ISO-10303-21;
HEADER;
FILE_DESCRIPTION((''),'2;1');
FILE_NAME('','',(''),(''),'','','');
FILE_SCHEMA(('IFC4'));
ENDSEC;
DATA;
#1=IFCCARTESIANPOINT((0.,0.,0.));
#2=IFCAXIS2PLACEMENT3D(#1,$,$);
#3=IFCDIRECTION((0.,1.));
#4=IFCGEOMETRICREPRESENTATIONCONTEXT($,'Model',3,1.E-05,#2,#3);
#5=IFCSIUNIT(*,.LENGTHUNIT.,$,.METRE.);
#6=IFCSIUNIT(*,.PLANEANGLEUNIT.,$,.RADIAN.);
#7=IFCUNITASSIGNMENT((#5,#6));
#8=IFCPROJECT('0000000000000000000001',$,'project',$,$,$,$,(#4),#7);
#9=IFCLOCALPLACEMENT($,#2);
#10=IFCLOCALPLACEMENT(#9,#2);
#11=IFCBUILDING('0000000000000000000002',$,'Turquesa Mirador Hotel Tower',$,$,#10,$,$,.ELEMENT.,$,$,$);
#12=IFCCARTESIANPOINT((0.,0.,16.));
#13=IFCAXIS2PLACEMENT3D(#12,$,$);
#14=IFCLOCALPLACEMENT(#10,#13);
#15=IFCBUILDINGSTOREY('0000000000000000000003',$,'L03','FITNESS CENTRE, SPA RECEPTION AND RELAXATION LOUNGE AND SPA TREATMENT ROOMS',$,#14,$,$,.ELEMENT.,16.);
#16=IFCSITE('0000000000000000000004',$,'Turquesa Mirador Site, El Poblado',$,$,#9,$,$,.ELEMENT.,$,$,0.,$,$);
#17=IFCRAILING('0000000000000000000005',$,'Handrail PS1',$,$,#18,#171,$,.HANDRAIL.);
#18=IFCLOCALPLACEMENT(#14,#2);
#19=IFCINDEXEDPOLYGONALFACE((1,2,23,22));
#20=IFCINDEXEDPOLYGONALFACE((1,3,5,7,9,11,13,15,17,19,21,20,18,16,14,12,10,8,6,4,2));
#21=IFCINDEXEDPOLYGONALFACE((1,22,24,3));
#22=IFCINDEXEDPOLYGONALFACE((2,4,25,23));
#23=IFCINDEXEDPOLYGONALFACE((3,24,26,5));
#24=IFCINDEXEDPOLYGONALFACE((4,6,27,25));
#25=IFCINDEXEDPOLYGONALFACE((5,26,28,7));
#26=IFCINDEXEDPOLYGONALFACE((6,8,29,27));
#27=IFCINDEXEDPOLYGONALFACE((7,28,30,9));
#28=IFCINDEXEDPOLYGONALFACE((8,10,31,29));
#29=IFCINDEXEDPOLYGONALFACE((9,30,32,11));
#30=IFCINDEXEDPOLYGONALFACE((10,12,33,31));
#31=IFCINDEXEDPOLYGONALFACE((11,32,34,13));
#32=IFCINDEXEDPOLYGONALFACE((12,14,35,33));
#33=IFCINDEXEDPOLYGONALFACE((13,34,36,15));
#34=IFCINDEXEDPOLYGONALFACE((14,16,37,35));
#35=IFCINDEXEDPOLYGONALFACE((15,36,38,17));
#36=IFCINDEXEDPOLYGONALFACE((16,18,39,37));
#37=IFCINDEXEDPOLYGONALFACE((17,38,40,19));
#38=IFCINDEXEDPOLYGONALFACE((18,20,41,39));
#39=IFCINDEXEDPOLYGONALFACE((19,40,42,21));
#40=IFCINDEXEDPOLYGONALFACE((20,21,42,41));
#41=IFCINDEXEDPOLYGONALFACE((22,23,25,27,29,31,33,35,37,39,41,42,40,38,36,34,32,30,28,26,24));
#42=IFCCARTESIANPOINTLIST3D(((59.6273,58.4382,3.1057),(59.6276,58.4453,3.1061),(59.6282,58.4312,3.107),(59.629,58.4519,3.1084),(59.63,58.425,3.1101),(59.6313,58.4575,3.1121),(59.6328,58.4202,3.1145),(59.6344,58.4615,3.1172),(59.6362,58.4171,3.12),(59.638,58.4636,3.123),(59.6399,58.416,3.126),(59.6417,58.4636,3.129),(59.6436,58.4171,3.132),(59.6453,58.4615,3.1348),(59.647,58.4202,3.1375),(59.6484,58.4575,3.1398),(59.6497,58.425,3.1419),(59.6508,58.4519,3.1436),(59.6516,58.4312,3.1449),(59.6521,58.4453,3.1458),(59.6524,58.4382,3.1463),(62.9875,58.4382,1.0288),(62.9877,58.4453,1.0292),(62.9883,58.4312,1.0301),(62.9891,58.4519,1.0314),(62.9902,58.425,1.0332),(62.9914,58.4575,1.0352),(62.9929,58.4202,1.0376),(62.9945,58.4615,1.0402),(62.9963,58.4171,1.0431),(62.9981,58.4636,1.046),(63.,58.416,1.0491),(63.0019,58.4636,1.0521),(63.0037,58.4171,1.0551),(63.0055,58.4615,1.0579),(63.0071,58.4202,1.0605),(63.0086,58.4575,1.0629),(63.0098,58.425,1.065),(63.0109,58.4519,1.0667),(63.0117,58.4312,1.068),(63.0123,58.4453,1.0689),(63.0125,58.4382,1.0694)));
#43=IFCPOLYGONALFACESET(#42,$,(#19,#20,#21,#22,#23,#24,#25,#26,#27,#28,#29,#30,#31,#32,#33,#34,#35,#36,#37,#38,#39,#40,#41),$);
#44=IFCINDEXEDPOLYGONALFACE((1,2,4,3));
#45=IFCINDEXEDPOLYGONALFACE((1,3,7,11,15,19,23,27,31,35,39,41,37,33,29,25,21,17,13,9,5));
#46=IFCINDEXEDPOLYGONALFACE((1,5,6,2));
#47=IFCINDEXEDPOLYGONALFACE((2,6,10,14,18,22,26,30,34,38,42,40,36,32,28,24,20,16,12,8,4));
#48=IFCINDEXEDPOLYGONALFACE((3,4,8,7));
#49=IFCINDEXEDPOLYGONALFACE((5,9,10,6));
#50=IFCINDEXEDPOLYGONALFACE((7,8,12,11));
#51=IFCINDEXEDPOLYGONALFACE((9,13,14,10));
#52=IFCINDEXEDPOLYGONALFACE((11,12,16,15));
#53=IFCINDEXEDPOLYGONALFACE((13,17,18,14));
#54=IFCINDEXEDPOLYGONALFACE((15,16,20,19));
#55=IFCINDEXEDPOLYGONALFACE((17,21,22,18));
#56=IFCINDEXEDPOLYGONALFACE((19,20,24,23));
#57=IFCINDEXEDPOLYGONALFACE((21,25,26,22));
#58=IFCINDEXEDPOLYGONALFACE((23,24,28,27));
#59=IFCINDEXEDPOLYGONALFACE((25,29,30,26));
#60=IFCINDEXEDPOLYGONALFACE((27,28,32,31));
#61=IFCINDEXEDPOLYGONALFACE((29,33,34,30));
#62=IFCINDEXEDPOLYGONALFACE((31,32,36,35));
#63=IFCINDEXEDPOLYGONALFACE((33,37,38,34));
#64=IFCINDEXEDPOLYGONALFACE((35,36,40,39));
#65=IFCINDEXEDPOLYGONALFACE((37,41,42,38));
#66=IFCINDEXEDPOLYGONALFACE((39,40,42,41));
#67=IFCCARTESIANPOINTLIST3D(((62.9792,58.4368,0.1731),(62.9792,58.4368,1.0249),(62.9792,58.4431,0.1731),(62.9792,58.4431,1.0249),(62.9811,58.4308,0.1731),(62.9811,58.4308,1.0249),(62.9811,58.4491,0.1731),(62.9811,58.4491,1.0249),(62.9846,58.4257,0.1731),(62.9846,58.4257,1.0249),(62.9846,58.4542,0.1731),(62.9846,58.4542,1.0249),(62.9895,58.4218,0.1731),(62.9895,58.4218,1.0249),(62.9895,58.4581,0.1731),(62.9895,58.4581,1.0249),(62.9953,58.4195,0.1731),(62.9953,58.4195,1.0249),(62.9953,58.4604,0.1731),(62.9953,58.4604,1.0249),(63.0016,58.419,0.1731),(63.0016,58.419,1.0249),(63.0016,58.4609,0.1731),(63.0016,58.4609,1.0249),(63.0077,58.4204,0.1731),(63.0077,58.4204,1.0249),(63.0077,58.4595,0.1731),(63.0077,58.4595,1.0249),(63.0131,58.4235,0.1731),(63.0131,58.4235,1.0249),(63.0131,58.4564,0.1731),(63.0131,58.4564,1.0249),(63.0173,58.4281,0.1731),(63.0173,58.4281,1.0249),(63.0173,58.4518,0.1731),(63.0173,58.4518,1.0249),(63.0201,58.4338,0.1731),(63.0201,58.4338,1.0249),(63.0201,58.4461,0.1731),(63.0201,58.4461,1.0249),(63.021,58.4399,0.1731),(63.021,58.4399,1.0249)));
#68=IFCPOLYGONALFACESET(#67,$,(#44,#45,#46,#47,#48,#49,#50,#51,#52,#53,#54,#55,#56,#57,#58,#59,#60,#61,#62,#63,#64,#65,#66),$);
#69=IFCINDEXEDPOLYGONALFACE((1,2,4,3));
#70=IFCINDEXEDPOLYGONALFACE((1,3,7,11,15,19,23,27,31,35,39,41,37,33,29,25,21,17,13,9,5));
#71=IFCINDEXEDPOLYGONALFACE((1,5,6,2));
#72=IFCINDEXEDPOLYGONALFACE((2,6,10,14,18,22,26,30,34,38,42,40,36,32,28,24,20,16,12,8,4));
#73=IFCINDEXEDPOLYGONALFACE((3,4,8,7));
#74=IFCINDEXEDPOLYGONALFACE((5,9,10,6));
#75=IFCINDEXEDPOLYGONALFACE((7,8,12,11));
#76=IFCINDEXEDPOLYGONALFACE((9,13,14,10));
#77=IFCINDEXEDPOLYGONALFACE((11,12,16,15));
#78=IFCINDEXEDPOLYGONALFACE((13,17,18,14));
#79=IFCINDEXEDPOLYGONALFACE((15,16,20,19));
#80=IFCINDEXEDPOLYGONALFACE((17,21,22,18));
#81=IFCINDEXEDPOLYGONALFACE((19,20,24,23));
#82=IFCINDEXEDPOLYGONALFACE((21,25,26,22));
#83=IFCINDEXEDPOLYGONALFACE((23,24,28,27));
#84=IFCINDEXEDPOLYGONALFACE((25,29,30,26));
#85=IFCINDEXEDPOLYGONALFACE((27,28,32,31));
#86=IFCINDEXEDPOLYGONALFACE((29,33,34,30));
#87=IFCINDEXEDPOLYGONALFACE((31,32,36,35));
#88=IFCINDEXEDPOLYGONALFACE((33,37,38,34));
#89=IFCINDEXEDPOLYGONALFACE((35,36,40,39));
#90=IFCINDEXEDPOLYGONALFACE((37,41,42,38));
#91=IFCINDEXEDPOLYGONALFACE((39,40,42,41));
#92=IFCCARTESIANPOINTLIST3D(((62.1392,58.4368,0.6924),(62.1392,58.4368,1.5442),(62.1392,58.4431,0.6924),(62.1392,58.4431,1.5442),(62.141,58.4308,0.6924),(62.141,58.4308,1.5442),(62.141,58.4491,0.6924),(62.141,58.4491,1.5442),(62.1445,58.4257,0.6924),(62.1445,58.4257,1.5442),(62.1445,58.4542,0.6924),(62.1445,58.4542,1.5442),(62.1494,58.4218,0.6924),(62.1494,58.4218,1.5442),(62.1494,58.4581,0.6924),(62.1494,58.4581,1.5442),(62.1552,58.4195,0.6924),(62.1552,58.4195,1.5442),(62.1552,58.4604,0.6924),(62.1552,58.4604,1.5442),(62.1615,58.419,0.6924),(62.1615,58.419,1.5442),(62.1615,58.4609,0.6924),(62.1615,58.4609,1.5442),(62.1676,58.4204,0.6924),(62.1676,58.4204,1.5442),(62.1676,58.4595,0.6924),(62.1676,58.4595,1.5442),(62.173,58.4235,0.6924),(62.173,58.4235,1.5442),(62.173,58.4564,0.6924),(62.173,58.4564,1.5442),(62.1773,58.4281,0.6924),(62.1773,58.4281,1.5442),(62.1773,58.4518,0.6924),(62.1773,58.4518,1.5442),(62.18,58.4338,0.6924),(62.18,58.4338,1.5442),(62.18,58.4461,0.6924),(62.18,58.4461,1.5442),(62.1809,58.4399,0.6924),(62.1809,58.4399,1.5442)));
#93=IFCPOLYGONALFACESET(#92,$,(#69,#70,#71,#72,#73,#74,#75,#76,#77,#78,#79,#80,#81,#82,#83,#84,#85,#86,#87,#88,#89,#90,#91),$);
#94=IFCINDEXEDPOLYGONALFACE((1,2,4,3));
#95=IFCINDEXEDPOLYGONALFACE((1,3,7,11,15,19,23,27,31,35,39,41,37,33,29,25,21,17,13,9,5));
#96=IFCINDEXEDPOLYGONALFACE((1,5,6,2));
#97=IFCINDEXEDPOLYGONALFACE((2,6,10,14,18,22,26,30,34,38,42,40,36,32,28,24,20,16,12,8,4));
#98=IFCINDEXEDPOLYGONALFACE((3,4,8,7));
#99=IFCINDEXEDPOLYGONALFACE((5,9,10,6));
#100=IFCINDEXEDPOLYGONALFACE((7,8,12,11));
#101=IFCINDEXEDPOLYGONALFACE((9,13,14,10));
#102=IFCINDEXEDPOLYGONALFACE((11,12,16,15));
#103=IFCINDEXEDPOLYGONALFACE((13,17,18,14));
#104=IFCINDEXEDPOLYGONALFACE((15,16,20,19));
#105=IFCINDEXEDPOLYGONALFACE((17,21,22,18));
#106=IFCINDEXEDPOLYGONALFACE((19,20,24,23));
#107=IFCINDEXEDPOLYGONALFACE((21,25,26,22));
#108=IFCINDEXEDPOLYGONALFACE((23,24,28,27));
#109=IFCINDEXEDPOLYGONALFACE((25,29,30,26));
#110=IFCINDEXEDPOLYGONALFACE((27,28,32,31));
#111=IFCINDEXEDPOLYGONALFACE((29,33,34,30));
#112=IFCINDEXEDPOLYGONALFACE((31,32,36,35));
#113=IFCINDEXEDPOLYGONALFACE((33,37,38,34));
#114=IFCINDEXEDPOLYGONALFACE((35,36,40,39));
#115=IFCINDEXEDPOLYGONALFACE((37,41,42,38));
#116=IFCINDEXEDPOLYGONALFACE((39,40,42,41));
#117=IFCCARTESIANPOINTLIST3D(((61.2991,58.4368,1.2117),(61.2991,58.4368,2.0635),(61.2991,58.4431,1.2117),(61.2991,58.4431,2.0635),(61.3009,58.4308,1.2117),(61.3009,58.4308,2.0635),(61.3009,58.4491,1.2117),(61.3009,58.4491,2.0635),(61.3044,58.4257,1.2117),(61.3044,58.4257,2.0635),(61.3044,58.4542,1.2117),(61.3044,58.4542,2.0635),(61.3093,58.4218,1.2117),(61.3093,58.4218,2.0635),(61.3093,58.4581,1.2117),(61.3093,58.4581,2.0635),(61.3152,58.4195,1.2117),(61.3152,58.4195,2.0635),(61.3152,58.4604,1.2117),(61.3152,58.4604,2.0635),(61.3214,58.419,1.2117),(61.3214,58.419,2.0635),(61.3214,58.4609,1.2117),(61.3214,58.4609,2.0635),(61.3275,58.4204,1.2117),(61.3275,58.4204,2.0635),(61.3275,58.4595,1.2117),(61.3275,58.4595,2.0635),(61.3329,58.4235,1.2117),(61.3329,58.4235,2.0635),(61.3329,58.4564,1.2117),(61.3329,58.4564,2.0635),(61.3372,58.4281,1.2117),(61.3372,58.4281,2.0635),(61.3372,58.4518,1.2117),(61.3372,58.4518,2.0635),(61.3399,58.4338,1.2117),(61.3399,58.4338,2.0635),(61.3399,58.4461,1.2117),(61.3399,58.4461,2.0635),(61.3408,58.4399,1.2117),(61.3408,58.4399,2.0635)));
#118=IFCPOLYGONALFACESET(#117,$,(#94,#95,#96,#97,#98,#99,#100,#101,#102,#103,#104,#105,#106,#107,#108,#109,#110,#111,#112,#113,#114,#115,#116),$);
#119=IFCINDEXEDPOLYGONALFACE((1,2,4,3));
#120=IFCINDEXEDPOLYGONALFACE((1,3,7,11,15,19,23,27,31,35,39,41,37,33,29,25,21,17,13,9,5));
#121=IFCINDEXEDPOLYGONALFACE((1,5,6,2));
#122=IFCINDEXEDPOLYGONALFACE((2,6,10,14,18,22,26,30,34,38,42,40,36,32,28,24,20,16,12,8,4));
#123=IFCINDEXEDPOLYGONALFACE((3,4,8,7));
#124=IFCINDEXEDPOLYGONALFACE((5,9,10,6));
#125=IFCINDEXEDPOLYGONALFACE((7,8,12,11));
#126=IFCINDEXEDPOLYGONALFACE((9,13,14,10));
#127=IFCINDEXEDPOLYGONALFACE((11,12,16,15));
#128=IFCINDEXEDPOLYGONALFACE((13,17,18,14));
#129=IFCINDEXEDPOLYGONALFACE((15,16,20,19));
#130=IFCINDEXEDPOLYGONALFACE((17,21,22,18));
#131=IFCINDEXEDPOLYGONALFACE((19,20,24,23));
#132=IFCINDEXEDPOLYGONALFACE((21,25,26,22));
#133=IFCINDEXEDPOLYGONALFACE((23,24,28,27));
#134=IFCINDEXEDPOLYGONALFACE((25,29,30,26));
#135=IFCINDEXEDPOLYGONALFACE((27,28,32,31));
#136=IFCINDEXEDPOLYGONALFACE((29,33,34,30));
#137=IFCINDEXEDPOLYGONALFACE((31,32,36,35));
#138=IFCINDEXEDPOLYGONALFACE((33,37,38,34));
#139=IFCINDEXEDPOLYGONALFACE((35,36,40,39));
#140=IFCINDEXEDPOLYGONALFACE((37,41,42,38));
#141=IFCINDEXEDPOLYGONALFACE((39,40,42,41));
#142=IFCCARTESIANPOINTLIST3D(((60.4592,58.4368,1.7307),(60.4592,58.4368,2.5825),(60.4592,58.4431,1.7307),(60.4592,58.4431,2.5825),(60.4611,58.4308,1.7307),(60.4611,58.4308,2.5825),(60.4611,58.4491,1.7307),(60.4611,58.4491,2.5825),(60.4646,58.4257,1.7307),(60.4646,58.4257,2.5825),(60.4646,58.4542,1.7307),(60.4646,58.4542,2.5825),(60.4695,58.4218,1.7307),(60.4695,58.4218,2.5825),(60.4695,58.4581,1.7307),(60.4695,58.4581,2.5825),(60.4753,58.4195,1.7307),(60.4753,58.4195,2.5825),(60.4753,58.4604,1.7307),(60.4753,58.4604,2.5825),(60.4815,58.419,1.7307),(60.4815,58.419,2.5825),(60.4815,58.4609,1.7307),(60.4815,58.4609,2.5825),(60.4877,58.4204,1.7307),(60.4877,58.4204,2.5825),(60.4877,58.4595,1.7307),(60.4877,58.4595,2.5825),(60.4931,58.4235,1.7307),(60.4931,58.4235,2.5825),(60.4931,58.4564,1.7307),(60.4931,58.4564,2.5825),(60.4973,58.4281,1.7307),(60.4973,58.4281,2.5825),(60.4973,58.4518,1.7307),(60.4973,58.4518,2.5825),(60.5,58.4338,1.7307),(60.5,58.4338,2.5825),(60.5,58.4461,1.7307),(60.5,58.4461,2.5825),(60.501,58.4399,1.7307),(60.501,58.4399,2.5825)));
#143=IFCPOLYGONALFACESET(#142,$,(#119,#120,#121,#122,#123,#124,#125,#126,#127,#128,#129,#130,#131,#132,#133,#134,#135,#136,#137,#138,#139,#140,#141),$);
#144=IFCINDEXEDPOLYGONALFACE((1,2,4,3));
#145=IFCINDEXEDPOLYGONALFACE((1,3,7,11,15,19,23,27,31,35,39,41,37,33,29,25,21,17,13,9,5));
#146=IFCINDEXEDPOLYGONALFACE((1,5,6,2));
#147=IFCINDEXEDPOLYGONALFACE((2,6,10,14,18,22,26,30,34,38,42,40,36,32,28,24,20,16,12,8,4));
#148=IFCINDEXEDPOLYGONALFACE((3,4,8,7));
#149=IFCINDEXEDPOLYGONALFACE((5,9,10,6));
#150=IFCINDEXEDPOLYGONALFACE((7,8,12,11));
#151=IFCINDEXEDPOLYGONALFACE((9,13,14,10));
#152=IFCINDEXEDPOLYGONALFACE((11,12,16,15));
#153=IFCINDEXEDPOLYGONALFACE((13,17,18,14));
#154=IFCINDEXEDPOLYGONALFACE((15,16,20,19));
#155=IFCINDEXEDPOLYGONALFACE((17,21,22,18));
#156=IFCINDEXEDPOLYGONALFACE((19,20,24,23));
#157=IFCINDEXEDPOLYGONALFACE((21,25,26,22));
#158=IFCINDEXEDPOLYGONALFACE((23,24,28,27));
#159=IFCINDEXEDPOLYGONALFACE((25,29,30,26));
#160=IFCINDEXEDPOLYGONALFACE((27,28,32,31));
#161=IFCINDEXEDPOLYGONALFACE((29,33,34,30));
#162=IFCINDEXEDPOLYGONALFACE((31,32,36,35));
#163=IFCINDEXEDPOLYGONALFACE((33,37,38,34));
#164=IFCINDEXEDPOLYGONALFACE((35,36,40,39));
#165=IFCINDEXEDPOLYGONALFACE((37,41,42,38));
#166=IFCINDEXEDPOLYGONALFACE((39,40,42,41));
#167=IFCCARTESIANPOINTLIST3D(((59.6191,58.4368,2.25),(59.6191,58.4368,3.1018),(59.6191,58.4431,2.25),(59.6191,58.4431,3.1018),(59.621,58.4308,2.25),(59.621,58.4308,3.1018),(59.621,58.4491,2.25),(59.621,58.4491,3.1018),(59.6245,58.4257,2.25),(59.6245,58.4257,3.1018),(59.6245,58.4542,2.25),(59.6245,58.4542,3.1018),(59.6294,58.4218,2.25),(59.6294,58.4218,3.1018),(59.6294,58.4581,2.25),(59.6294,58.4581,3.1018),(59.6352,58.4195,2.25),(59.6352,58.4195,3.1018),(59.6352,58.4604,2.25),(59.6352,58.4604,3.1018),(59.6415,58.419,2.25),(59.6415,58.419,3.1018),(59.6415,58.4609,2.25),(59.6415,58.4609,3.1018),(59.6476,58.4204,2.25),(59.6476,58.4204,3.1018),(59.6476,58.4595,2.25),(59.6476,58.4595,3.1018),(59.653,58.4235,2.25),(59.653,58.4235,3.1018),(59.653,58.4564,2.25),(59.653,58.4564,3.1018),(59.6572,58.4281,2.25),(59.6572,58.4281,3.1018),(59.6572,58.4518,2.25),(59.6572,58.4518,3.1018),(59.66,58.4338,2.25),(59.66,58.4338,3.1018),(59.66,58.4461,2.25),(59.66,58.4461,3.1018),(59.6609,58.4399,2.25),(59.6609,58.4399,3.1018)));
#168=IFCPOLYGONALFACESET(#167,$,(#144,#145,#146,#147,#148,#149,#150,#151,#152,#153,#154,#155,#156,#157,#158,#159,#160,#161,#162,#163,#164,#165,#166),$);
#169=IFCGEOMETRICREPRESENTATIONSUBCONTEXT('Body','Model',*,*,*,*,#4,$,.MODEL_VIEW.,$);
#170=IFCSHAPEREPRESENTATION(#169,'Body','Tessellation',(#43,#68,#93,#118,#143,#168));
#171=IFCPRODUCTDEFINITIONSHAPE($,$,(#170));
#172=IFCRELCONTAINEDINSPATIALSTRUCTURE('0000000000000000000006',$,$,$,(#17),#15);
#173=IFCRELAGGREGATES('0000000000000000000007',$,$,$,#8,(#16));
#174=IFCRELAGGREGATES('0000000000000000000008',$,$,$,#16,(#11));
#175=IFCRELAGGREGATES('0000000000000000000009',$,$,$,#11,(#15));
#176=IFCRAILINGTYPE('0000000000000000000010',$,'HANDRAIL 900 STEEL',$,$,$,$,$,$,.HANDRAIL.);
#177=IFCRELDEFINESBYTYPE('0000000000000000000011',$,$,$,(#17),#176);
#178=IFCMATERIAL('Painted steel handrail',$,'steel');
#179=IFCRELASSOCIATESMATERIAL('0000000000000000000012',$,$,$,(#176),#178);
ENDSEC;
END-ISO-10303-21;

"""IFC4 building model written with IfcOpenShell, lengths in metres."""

from ifc_helpers import new_model, si_unit, direction, frame, origin, origin_2d, place, context, subcontext, project, spatial, circle, extrude, material, type_object, element, save


model = new_model("IFC4")

# Units and contexts
model_context = context("Model", 3, precision=1e-05, world=origin(), true_north=direction((0.0, 1.0)))
body_context = subcontext(model_context, "Body", "Model", "MODEL_VIEW")
ifc_project = project(units=[si_unit("LENGTHUNIT", "METRE"), si_unit("PLANEANGLEUNIT", "RADIAN")], contexts=[model_context])

# Site, building, storey
site_placement = place(None, origin())
site = spatial("IfcSite", under=ifc_project, at=site_placement, Name="Turquesa Mirador Site, El Poblado", CompositionType="ELEMENT", RefElevation=0.0)
building_placement = place(site_placement, origin())
building = spatial("IfcBuilding", under=site, at=building_placement, Name="Turquesa Mirador Hotel Tower", CompositionType="ELEMENT")
storey_placement = place(building_placement, frame((0.0, 0.0, 16.0)))
storey = spatial("IfcBuildingStorey", under=building, at=storey_placement, Name="L03", Description="FITNESS CENTRE, SPA RECEPTION AND RELAXATION LOUNGE AND SPA TREATMENT ROOMS", CompositionType="ELEMENT", Elevation=16.0)

# Railing
ifc_material_1 = material(Name="Painted steel handrail", Category="steel")
railing_type = type_object("IfcRailingType", Name="HANDRAIL 900 STEEL", PredefinedType="HANDRAIL", material=ifc_material_1)
railing_1_placement = place(storey_placement, frame((63.0, 58.4399, 0.1731)))
element("IfcRailing", 1, at=railing_1_placement, inside=storey, type_object=railing_type, Name="Handrail PS1", PredefinedType="HANDRAIL", context=body_context, shape_type="SweptSolid", body=[
    extrude(circle(Radius=0.0239, at=origin_2d()), frame((0.0, 0.0, 0.876), z_axis=(-0.850623, 0.0, 0.525776), x_axis=(0.0, -1.0, 0.0)), (0.0, 0.0, 1.0), 3.9502),
    extrude(circle(Radius=0.021, at=origin_2d()), origin(), (0.0, 0.0, 1.0), 0.8518),
    extrude(circle(Radius=0.021, at=origin_2d()), frame((-0.8401, 0.0, 0.5193)), (0.0, 0.0, 1.0), 0.8518),
    extrude(circle(Radius=0.021, at=origin_2d()), frame((-1.6802, 0.0, 1.0386)), (0.0, 0.0, 1.0), 0.8518),
    extrude(circle(Radius=0.021, at=origin_2d()), frame((-2.52, 0.0, 1.5576)), (0.0, 0.0, 1.0), 0.8518),
    extrude(circle(Radius=0.021, at=origin_2d()), frame((-3.3601, 0.0, 2.0769)), (0.0, 0.0, 1.0), 0.8518),
])

save(model, "model.ifc")
